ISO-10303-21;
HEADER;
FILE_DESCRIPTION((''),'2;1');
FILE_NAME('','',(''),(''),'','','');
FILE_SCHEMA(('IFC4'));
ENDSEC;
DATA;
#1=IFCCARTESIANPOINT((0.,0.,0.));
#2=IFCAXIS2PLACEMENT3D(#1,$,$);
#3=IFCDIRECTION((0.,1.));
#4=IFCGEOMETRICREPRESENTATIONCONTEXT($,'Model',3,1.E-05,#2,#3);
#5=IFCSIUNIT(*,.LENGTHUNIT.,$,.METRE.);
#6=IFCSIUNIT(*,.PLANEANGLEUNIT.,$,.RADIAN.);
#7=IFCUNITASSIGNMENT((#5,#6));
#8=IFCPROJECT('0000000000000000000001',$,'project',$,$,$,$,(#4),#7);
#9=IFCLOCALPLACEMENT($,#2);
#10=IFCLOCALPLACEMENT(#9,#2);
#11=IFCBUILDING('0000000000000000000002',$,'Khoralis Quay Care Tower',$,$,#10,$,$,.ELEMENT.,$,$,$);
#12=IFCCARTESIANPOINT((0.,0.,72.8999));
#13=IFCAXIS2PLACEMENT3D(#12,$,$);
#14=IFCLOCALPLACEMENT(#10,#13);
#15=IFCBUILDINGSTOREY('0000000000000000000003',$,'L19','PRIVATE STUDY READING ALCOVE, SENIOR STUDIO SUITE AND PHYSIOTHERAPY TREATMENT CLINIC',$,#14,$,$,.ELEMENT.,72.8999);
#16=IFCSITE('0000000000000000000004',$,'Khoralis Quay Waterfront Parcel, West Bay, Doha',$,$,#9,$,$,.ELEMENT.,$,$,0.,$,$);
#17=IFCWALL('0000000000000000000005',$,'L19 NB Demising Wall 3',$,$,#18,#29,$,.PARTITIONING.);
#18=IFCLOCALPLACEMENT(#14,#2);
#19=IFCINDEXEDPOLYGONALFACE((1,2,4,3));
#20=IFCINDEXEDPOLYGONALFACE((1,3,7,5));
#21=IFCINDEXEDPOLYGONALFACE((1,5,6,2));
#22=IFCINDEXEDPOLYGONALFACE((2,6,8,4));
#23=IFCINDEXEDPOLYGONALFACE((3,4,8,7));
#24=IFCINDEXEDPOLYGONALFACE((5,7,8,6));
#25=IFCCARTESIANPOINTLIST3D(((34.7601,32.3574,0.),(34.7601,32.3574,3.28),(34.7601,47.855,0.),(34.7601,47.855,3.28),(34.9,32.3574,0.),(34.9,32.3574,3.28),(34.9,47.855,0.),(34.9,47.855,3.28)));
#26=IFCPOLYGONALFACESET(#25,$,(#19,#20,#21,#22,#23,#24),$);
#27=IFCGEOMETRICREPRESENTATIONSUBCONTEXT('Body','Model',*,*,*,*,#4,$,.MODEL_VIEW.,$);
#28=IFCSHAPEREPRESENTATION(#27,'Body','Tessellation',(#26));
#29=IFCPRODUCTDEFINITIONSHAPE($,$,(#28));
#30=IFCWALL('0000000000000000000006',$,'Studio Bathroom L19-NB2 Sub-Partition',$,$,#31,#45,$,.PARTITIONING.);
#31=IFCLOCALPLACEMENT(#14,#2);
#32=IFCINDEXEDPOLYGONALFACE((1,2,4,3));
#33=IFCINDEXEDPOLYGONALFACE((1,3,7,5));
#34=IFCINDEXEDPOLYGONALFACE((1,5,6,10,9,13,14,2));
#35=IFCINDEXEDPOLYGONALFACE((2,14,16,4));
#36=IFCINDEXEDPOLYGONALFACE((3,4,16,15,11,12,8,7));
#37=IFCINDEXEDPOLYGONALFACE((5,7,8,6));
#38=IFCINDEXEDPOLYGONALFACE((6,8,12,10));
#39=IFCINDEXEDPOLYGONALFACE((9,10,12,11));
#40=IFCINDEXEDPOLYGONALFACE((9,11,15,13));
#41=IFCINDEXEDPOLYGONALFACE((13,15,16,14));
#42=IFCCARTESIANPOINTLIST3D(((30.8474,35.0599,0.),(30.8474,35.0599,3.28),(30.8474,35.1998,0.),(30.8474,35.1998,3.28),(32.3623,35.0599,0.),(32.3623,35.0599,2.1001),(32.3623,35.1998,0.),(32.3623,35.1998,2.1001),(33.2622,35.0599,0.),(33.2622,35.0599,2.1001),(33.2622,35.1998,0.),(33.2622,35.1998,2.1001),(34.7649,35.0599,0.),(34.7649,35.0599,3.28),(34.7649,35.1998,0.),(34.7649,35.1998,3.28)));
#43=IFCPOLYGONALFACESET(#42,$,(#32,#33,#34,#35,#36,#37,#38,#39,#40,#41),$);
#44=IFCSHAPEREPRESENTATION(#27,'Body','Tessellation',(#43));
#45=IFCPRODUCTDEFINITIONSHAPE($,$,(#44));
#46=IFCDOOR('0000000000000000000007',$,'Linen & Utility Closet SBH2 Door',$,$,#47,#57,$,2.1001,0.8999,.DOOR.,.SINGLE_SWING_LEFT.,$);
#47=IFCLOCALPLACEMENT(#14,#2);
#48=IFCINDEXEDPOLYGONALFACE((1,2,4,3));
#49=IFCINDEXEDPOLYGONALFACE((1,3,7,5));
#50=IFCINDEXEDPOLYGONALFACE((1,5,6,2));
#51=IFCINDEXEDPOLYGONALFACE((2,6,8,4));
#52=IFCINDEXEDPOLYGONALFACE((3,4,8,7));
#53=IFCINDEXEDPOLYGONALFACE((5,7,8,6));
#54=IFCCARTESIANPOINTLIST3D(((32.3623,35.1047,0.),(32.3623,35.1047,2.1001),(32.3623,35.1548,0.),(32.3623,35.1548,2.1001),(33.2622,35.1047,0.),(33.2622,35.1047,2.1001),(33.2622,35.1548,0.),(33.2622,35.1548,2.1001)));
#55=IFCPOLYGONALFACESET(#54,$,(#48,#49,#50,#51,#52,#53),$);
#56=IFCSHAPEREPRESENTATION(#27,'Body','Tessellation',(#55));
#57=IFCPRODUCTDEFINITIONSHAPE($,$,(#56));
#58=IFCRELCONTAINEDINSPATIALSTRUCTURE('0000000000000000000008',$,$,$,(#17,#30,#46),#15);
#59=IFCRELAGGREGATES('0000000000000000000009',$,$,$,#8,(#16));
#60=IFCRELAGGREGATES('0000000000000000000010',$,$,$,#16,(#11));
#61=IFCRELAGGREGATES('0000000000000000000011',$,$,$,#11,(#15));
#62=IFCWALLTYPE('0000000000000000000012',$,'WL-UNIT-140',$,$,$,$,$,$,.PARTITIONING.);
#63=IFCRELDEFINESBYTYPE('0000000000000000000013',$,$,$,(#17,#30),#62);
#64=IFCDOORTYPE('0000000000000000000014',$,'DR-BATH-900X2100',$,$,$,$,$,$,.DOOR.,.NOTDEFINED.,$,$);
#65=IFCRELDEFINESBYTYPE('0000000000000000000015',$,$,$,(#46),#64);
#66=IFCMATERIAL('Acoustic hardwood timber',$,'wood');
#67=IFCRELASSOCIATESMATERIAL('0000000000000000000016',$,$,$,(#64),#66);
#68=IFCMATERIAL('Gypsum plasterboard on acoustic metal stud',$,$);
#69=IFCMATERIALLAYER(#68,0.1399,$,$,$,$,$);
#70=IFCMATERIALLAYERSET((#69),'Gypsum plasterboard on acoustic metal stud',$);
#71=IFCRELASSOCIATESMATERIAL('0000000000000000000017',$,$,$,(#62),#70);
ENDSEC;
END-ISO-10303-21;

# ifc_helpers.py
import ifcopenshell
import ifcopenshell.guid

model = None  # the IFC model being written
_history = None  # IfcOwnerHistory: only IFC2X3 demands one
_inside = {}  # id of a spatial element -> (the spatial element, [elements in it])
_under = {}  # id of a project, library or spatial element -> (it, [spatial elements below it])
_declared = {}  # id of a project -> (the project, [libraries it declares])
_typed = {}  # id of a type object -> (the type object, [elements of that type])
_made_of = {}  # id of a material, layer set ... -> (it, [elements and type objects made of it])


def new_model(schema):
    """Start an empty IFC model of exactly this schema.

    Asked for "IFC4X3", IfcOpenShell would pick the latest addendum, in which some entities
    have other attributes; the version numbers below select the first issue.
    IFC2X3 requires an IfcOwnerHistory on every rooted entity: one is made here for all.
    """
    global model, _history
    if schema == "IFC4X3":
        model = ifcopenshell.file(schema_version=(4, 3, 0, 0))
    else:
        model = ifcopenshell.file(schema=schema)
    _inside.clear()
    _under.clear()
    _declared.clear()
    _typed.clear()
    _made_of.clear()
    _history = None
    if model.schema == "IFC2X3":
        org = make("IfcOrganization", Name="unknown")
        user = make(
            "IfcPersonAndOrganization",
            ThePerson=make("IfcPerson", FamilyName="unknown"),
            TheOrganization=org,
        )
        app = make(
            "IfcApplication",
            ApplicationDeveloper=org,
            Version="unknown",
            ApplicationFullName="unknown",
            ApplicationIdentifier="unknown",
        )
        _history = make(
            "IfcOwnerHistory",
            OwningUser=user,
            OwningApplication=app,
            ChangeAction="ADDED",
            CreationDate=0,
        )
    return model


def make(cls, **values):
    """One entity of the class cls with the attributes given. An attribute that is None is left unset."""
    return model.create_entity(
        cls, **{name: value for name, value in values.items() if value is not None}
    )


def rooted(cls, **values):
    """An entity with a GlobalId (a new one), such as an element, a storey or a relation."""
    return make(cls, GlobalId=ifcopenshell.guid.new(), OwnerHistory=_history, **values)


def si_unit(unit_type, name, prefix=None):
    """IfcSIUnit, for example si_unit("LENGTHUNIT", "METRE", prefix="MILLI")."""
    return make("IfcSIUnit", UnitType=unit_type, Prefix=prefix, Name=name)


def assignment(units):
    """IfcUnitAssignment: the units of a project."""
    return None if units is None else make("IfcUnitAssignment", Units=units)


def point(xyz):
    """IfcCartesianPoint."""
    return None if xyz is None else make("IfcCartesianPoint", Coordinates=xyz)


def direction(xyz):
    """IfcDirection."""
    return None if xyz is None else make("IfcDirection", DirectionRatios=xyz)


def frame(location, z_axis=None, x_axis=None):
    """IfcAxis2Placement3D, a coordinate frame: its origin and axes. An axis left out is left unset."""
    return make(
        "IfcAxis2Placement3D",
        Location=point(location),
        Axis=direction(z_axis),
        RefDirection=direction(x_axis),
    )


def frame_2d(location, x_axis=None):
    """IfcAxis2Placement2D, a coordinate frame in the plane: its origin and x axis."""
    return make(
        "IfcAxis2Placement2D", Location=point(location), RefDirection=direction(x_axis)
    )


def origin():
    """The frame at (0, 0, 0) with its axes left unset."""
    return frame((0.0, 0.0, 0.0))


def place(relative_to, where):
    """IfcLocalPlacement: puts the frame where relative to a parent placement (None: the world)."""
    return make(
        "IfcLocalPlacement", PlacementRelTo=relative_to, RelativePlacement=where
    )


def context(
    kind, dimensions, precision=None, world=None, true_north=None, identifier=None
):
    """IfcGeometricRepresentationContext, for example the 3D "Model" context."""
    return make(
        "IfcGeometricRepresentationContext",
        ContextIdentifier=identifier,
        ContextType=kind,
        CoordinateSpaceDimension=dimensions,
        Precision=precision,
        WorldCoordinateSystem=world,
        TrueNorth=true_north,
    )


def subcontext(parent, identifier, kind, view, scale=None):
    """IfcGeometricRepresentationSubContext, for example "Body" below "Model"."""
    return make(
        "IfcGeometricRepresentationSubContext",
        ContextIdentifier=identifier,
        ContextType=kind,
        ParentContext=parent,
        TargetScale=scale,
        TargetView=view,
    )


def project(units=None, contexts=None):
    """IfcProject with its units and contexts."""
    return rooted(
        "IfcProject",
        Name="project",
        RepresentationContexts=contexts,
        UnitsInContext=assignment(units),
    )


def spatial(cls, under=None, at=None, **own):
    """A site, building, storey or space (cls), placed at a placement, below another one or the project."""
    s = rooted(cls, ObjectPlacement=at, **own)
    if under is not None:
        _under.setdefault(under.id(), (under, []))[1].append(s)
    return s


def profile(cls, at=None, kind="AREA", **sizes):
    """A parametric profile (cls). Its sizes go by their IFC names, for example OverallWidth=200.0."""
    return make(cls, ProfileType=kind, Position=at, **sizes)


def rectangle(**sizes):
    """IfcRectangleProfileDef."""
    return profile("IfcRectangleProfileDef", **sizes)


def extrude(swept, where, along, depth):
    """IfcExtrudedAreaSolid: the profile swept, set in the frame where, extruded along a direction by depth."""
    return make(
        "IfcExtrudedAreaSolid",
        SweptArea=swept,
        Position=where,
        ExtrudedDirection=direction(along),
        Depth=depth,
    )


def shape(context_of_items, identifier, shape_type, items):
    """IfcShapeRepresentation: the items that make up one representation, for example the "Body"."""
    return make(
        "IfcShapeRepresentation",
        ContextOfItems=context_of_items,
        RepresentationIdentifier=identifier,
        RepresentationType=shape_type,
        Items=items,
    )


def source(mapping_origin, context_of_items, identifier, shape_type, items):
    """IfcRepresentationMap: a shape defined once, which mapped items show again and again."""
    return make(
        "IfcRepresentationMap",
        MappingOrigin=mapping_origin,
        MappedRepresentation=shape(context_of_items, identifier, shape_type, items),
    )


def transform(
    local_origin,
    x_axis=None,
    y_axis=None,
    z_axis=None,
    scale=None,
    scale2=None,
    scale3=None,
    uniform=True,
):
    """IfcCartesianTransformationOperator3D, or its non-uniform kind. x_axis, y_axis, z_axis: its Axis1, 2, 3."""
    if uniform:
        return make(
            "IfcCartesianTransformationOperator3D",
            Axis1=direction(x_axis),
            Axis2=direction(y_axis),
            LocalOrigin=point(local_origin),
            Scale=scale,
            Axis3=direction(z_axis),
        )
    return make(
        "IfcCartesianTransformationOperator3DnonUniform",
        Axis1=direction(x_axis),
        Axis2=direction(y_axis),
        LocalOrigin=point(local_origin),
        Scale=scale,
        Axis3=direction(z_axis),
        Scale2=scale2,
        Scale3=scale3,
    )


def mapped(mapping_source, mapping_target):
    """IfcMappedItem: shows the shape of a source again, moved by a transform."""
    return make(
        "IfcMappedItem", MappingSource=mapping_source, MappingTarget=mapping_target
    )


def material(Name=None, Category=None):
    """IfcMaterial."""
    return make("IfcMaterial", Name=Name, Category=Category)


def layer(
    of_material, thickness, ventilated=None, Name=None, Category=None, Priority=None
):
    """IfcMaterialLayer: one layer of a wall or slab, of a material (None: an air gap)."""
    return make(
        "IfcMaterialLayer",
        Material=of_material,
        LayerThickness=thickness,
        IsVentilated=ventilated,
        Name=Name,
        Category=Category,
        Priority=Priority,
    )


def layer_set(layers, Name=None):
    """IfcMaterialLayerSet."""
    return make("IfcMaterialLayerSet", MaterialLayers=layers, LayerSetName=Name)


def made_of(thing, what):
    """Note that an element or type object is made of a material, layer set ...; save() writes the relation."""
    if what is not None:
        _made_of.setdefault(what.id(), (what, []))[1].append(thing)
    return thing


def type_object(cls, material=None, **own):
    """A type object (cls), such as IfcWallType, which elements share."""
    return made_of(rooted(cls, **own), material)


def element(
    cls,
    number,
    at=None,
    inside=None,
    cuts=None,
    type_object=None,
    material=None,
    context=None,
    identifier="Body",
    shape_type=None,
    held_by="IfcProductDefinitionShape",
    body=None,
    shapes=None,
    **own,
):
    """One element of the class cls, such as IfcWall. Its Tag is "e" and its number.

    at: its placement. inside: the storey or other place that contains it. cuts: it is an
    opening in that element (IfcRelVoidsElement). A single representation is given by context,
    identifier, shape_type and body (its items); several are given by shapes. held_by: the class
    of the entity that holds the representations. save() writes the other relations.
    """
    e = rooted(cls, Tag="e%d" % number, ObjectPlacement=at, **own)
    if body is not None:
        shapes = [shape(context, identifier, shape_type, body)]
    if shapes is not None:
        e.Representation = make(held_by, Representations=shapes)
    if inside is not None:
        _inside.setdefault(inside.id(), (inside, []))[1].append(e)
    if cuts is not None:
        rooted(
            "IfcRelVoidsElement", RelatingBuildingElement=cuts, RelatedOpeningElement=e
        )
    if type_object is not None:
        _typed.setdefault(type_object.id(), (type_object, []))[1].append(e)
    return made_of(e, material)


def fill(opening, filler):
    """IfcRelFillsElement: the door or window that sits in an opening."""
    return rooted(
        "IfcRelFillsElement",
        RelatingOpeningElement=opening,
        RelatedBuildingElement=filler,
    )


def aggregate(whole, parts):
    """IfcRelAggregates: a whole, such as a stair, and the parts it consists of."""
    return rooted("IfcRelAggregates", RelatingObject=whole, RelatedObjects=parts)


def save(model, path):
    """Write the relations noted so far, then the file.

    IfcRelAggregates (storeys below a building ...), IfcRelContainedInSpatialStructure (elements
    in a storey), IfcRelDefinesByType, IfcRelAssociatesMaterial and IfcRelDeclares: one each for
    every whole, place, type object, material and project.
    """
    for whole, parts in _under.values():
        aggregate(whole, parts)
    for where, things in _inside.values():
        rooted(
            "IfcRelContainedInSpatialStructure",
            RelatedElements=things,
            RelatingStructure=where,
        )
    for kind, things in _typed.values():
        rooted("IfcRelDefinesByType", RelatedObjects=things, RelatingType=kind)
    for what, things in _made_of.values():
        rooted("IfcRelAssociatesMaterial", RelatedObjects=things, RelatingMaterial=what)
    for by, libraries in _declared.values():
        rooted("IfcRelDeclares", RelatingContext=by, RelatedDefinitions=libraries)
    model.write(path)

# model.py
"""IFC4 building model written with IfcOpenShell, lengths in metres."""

from ifc_helpers import new_model, si_unit, direction, frame, frame_2d, origin, place, context, subcontext, project, spatial, rectangle, extrude, source, transform, mapped, material, layer, layer_set, type_object, element, fill, save


model = new_model("IFC4")

# Units and contexts
model_context = context("Model", 3, precision=1e-05, world=origin(), true_north=direction((0.0, 1.0)))
body_context = subcontext(model_context, "Body", "Model", "MODEL_VIEW")
ifc_project = project(units=[si_unit("LENGTHUNIT", "METRE"), si_unit("PLANEANGLEUNIT", "RADIAN")], contexts=[model_context])

# Site, building, storey
site_placement = place(None, origin())
site = spatial("IfcSite", under=ifc_project, at=site_placement, Name="Khoralis Quay Waterfront Parcel, West Bay, Doha", CompositionType="ELEMENT", RefElevation=0.0)
building_placement = place(site_placement, origin())
building = spatial("IfcBuilding", under=site, at=building_placement, Name="Khoralis Quay Care Tower", CompositionType="ELEMENT")
storey_placement = place(building_placement, frame((0.0, 0.0, 72.8999)))
storey = spatial("IfcBuildingStorey", under=building, at=storey_placement, Name="L19", Description="PRIVATE STUDY READING ALCOVE, SENIOR STUDIO SUITE AND PHYSIOTHERAPY TREATMENT CLINIC", CompositionType="ELEMENT", Elevation=72.8999)

# Shared definitions
ifc_material_1 = material(Name="Gypsum plasterboard on acoustic metal stud")
ifc_material_2 = material(Name="Acoustic hardwood timber", Category="wood")
door_type = type_object("IfcDoorType", Name="DR-BATH-900X2100", OperationType="NOTDEFINED", PredefinedType="DOOR", material=ifc_material_2)
shared_shape_1 = source(origin(), body_context, "Body", "SweptSolid", [
    extrude(rectangle(XDim=0.8999, YDim=2.1001, at=frame_2d((0.45, 1.05))), frame((0.0, 0.0249, 0.0), z_axis=(0.0, -1.0, 0.0), x_axis=(1.0, 0.0, 0.0)), (0.0, 0.0, 1.0), 0.05),
])

# Wall
ifc_layer_1 = layer(ifc_material_1, 0.1399)
ifc_layer_set_1 = layer_set([ifc_layer_1], Name="Gypsum plasterboard on acoustic metal stud")
wall_type_1 = type_object("IfcWallType", Name="WL-UNIT-140", PredefinedType="PARTITIONING", material=ifc_layer_set_1)
wall_1_placement = place(storey_placement, frame((34.8301, 32.3574, 0.0), z_axis=(0.0, 0.0, 1.0), x_axis=(0.0, 1.0, 0.0)))
element("IfcWall", 1, at=wall_1_placement, inside=storey, type_object=wall_type_1, Name="L19 NB Demising Wall 3", PredefinedType="PARTITIONING", context=body_context, shape_type="SweptSolid", body=[
    extrude(rectangle(XDim=15.4976, YDim=0.1399, at=frame_2d((7.7488, 0.0))), origin(), (0.0, 0.0, 1.0), 3.28),
])

# Wall, opening, door
wall_2_placement = place(storey_placement, frame((30.8474, 35.1299, 0.0), z_axis=(0.0, 0.0, 1.0), x_axis=(1.0, 0.0, 0.0)))
wall_2 = element("IfcWall", 2, at=wall_2_placement, inside=storey, type_object=wall_type_1, Name="Studio Bathroom L19-NB2 Sub-Partition", PredefinedType="PARTITIONING", context=body_context, shape_type="SweptSolid", body=[
    extrude(rectangle(XDim=3.9175, YDim=0.1399, at=frame_2d((1.9587, 0.0))), origin(), (0.0, 0.0, 1.0), 3.28),
])
opening_1_placement = place(wall_2_placement, frame((1.5149, 0.0, 0.0)))
opening_1 = element("IfcOpeningElement", 3, at=opening_1_placement, cuts=wall_2, PredefinedType="OPENING", context=body_context, shape_type="SweptSolid", body=[
    extrude(rectangle(XDim=0.8999, YDim=2.1001, at=frame_2d((0.45, 1.05))), frame((0.0, 0.0801, 0.0), z_axis=(0.0, -1.0, 0.0), x_axis=(1.0, 0.0, 0.0)), (0.0, 0.0, 1.0), 0.1599),
])
door_1_placement = place(opening_1_placement, origin())
door_1 = element("IfcDoor", 4, at=door_1_placement, inside=storey, type_object=door_type, Name="Linen & Utility Closet SBH2 Door", OperationType="SINGLE_SWING_LEFT", OverallHeight=2.1001, OverallWidth=0.8999, PredefinedType="DOOR", context=body_context, shape_type="MappedRepresentation", body=[
    mapped(shared_shape_1, transform((0.0, 0.0, 0.0), scale=1.0)),
])
fill(opening_1, door_1)

save(model, "model.ifc")
